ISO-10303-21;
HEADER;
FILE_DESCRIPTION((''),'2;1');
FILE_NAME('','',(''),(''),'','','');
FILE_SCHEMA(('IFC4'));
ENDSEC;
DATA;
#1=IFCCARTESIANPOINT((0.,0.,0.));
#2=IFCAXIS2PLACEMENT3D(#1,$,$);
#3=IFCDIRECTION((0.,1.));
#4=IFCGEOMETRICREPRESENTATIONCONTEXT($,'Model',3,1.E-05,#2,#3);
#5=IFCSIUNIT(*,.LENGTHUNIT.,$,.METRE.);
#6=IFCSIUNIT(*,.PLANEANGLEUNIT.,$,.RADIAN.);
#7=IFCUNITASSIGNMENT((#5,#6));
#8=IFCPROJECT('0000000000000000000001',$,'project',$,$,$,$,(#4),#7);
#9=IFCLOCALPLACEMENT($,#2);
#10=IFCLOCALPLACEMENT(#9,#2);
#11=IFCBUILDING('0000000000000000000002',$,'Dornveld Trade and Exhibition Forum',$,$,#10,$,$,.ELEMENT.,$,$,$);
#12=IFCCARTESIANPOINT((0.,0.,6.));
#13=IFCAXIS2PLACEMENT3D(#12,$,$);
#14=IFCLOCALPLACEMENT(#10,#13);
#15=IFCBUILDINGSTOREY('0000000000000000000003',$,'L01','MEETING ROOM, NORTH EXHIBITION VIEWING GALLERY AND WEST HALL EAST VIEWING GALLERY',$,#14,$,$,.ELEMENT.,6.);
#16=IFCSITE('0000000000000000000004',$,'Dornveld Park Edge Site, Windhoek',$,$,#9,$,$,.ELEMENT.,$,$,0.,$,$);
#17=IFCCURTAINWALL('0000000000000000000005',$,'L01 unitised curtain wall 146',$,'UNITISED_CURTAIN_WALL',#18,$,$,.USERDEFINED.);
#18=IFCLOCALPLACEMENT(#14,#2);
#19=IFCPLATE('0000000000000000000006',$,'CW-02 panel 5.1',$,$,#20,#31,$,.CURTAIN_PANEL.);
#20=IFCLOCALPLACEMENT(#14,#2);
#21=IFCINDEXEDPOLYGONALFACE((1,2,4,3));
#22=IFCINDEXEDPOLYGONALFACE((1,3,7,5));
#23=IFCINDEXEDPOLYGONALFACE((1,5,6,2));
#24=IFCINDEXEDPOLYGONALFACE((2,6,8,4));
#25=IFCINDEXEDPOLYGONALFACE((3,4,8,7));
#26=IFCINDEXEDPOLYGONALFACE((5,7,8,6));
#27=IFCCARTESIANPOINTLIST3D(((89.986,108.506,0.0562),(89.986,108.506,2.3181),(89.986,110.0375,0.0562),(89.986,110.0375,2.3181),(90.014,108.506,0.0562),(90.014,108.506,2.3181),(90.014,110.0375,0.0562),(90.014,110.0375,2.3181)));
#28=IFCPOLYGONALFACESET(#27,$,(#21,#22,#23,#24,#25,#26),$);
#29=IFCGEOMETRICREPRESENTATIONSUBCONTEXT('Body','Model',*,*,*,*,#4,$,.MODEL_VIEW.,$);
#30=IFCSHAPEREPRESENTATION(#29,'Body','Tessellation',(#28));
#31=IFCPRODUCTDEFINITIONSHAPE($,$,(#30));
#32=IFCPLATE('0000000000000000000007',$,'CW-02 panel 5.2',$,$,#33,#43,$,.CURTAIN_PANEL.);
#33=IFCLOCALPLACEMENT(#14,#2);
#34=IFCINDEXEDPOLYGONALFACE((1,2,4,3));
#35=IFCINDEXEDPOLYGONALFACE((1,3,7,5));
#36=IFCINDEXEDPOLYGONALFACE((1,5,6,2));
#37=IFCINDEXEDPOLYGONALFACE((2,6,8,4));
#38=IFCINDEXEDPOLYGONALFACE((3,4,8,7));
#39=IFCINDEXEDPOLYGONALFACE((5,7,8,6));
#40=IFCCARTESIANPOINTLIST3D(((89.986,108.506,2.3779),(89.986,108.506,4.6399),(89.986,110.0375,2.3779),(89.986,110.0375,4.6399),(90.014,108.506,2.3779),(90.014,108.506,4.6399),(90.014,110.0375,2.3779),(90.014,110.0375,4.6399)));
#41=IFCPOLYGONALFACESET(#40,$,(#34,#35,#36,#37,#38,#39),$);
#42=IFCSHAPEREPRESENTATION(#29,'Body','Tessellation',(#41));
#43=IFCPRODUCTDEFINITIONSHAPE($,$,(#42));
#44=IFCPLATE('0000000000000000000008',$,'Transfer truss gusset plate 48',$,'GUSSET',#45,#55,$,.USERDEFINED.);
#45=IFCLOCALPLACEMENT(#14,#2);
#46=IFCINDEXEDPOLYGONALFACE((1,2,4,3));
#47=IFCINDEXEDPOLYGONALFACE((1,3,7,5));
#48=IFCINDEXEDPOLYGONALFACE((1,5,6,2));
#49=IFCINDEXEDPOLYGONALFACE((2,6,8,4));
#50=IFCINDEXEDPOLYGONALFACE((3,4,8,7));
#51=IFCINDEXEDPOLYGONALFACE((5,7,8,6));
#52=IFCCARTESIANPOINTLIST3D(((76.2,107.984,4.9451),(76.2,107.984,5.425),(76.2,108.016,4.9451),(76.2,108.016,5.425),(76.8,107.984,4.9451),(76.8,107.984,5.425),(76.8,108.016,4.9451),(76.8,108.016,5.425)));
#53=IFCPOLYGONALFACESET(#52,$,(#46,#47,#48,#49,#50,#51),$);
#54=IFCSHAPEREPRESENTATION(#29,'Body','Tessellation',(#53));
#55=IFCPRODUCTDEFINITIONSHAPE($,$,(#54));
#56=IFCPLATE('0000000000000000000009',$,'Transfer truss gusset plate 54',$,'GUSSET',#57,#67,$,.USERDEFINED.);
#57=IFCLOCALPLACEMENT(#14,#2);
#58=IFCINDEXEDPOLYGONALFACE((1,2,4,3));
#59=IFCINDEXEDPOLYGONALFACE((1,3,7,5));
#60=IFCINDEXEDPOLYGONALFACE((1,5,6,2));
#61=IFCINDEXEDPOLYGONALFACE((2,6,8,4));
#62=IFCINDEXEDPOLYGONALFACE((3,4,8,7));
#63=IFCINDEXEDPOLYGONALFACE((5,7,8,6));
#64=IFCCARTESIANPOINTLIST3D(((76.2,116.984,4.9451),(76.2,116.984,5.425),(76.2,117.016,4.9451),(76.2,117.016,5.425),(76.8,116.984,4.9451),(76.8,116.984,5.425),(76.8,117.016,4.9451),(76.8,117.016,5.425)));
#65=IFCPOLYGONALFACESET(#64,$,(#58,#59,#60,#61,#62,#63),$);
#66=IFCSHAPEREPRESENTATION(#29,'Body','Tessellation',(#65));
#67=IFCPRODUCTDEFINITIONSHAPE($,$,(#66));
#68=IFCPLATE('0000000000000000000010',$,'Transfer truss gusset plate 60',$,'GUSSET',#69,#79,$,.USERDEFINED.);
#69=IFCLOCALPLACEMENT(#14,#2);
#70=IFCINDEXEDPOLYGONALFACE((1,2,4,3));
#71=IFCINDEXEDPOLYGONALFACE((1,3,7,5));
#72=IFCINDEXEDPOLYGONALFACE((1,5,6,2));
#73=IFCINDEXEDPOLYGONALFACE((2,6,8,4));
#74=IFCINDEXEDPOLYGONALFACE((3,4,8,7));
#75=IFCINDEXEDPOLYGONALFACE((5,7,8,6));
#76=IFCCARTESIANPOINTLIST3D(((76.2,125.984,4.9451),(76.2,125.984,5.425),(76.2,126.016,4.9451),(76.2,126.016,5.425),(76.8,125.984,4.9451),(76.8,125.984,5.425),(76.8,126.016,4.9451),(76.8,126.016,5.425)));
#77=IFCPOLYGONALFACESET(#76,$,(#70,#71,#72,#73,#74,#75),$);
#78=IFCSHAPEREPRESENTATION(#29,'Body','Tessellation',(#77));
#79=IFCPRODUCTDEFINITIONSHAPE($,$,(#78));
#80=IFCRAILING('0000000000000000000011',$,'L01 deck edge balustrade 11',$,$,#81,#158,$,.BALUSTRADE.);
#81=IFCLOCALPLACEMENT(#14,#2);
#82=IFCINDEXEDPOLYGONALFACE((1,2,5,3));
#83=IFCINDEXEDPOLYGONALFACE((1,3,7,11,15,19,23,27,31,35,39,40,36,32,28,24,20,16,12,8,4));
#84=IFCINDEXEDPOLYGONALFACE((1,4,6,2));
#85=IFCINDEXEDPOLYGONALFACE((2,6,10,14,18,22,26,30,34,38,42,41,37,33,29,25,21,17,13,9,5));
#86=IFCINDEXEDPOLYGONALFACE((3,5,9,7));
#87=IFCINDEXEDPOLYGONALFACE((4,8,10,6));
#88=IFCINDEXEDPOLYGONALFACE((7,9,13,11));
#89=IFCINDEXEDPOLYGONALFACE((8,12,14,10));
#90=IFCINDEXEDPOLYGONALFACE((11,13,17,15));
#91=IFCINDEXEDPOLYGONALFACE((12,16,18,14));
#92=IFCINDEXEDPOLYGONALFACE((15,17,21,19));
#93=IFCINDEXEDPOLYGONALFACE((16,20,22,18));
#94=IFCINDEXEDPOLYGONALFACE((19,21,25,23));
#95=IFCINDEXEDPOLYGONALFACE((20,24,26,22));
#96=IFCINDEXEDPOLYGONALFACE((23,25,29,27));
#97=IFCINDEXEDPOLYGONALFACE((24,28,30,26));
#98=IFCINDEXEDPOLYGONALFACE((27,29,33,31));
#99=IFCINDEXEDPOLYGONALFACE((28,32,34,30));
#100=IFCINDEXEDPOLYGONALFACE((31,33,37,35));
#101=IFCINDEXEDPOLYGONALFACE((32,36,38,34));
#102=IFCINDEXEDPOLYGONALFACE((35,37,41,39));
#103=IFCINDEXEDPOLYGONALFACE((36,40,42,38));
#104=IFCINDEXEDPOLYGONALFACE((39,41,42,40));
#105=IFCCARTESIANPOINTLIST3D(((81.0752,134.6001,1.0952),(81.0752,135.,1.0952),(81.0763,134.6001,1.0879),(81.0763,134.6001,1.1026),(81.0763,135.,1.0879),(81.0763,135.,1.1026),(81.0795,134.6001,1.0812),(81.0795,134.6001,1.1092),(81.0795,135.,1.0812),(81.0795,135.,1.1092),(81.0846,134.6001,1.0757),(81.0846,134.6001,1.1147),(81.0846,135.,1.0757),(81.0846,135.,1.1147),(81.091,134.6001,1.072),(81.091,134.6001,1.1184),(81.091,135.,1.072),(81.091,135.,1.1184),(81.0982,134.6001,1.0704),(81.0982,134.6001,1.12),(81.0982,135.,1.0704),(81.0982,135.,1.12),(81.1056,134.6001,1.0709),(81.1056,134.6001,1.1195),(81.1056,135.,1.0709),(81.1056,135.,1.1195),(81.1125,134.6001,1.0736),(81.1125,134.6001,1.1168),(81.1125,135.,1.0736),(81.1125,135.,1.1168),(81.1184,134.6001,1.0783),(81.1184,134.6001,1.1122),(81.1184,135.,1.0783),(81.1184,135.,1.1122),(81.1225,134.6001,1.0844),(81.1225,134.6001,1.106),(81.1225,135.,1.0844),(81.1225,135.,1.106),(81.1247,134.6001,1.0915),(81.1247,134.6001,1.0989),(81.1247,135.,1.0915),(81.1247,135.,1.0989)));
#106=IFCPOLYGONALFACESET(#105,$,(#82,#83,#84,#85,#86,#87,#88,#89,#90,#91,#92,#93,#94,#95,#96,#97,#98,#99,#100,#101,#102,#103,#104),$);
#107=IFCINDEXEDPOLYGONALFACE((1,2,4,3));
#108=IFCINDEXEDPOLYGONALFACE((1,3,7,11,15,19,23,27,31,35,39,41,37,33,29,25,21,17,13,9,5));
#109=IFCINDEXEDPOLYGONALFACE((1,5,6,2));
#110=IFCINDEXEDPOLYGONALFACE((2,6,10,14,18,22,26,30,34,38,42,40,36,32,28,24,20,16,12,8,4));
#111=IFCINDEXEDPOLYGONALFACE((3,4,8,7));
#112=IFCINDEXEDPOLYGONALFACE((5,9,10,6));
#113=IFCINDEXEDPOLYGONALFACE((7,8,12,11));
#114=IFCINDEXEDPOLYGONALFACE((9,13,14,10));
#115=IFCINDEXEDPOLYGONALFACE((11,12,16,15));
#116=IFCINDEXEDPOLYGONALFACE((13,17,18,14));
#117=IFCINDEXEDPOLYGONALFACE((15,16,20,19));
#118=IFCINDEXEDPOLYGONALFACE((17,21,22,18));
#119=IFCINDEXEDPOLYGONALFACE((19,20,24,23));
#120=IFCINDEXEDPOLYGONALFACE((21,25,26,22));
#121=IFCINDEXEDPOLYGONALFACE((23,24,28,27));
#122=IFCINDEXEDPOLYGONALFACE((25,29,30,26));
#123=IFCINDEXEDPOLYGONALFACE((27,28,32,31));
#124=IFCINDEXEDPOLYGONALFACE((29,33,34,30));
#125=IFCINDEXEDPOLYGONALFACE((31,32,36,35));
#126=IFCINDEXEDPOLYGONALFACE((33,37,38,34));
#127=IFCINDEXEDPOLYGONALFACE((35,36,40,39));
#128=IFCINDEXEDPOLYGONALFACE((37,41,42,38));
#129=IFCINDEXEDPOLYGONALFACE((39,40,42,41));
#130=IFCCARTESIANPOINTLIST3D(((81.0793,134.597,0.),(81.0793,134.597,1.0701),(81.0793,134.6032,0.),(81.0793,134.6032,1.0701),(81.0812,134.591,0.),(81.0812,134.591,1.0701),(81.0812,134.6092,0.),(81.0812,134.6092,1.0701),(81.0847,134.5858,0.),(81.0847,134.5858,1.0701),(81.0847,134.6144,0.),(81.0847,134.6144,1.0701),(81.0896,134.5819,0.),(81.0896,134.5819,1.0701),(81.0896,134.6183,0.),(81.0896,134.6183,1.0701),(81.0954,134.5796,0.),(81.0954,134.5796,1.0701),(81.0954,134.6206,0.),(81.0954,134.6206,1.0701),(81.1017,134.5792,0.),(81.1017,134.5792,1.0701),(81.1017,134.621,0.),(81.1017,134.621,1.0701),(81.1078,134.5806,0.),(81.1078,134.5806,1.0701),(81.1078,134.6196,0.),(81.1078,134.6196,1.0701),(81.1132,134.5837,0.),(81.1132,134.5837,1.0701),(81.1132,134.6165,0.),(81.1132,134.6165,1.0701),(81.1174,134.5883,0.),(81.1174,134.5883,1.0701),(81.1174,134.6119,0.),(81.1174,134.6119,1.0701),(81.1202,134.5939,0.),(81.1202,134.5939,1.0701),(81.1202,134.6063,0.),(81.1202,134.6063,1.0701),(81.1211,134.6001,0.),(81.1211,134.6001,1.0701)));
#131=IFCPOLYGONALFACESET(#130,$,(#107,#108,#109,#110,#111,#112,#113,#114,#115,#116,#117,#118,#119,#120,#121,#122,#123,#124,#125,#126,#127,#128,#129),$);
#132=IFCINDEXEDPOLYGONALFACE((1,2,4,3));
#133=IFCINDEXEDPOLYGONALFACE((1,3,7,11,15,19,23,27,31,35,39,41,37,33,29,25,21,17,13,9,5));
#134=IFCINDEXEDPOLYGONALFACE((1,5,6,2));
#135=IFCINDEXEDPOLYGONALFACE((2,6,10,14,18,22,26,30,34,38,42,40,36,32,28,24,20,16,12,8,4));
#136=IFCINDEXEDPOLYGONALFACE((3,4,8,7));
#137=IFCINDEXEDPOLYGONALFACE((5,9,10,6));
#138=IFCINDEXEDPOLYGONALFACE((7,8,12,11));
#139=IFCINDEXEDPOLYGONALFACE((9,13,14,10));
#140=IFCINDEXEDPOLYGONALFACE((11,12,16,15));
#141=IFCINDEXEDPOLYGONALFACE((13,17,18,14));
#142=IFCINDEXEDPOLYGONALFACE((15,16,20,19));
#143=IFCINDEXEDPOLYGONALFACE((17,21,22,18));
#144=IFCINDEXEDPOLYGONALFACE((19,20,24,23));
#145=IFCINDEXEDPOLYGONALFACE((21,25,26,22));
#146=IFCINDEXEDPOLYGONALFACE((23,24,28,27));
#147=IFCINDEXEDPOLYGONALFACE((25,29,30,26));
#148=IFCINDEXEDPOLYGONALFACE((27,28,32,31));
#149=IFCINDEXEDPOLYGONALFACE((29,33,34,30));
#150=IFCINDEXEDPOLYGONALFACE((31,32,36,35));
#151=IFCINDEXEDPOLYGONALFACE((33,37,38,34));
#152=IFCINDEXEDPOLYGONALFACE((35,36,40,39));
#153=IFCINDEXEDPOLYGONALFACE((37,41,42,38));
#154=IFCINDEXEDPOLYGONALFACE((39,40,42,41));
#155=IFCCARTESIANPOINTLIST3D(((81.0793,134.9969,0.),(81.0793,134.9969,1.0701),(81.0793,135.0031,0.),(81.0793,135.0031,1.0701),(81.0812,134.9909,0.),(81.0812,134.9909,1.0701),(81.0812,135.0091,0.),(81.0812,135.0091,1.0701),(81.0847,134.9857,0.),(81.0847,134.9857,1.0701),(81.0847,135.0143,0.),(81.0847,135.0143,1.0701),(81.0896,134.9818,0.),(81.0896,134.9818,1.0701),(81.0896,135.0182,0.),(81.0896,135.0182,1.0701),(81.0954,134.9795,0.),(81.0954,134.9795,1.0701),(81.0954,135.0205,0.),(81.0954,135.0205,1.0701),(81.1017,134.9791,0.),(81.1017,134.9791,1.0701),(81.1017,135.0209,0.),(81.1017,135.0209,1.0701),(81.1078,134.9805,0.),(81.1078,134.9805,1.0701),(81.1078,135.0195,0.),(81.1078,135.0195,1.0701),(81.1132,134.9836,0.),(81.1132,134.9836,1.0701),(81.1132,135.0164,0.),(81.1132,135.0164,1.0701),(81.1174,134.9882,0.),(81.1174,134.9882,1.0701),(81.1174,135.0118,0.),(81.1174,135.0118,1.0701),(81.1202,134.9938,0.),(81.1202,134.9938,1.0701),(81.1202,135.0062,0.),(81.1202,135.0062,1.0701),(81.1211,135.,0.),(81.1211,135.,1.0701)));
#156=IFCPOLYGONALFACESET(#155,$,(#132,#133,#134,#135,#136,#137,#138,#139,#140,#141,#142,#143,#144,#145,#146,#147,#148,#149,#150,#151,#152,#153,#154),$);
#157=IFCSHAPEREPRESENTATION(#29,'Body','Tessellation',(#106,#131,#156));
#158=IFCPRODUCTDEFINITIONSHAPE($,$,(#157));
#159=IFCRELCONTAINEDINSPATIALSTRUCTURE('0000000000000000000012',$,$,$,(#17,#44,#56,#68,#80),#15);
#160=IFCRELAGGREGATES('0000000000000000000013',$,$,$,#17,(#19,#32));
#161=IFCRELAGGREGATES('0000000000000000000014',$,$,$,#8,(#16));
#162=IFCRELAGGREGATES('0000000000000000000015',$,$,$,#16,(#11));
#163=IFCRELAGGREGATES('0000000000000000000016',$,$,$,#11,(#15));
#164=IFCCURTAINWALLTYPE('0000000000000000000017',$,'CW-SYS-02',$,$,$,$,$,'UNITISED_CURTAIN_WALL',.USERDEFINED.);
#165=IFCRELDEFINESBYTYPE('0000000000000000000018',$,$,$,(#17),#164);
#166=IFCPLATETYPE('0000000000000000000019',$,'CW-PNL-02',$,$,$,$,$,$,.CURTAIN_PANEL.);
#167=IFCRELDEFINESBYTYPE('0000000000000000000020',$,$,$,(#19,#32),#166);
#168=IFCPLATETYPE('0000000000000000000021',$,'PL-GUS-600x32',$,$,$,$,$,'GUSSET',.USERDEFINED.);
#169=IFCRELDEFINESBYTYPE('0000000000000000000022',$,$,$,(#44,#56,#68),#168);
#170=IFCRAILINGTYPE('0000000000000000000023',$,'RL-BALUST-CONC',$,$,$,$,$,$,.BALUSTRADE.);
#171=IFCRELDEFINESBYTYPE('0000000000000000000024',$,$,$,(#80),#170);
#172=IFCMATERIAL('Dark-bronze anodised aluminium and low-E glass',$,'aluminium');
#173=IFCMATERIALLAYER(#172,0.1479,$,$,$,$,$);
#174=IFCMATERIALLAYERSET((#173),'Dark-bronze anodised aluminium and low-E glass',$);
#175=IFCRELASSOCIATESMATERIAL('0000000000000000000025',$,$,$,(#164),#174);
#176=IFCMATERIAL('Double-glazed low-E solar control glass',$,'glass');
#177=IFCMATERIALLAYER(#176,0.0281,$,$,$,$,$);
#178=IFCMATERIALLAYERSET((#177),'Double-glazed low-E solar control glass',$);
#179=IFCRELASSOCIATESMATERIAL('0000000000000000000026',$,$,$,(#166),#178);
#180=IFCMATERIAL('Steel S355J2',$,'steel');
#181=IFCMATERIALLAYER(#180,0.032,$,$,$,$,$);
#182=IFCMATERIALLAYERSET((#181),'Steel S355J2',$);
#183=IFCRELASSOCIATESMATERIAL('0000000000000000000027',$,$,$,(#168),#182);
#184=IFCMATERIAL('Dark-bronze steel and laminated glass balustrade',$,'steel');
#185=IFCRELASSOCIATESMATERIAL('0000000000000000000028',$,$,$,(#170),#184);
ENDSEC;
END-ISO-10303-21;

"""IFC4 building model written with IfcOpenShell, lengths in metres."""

from ifc_helpers import new_model, si_unit, direction, frame, origin, origin_2d, place, context, subcontext, project, spatial, rectangle, circle, extrude, material, layer, layer_set, type_object, element, aggregate, save


model = new_model("IFC4")

# Units and contexts
model_context = context("Model", 3, precision=1e-05, world=origin(), true_north=direction((0.0, 1.0)))
body_context = subcontext(model_context, "Body", "Model", "MODEL_VIEW")
ifc_project = project(units=[si_unit("LENGTHUNIT", "METRE"), si_unit("PLANEANGLEUNIT", "RADIAN")], contexts=[model_context])

# Site, building, storey
site_placement = place(None, origin())
site = spatial("IfcSite", under=ifc_project, at=site_placement, Name="Dornveld Park Edge Site, Windhoek", CompositionType="ELEMENT", RefElevation=0.0)
building_placement = place(site_placement, origin())
building = spatial("IfcBuilding", under=site, at=building_placement, Name="Dornveld Trade and Exhibition Forum", CompositionType="ELEMENT")
storey_placement = place(building_placement, frame((0.0, 0.0, 6.0)))
storey = spatial("IfcBuildingStorey", under=building, at=storey_placement, Name="L01", Description="MEETING ROOM, NORTH EXHIBITION VIEWING GALLERY AND WEST HALL EAST VIEWING GALLERY", CompositionType="ELEMENT", Elevation=6.0)

# Curtain wall
ifc_material_1 = material(Name="Dark-bronze anodised aluminium and low-E glass", Category="aluminium")
ifc_layer_1 = layer(ifc_material_1, 0.1479)
ifc_layer_set_1 = layer_set([ifc_layer_1], Name="Dark-bronze anodised aluminium and low-E glass")
curtain_wall_type = type_object("IfcCurtainWallType", Name="CW-SYS-02", ElementType="UNITISED_CURTAIN_WALL", PredefinedType="USERDEFINED", material=ifc_layer_set_1)
curtain_wall_placement = place(storey_placement, origin())
curtain_wall = element("IfcCurtainWall", 1, at=curtain_wall_placement, inside=storey, type_object=curtain_wall_type, Name="L01 unitised curtain wall 146", ObjectType="UNITISED_CURTAIN_WALL", PredefinedType="USERDEFINED")

# Plates
ifc_material_2 = material(Name="Double-glazed low-E solar control glass", Category="glass")
ifc_layer_2 = layer(ifc_material_2, 0.0281)
ifc_layer_set_2 = layer_set([ifc_layer_2], Name="Double-glazed low-E solar control glass")
plate_type_1 = type_object("IfcPlateType", Name="CW-PNL-02", PredefinedType="CURTAIN_PANEL", material=ifc_layer_set_2)
plate_1_placement = place(storey_placement, frame((90.0, 109.2717, 0.0562), z_axis=(0.0, 0.0, 1.0), x_axis=(0.0, -1.0, 0.0)))
plate_1 = element("IfcPlate", 2, at=plate_1_placement, type_object=plate_type_1, Name="CW-02 panel 5.1", PredefinedType="CURTAIN_PANEL", context=body_context, shape_type="SweptSolid", body=[
    extrude(rectangle(XDim=1.5315, YDim=0.0281, at=origin_2d()), origin(), (0.0, 0.0, 1.0), 2.262),
])
plate_2_placement = place(storey_placement, frame((90.0, 109.2717, 2.3779), z_axis=(0.0, 0.0, 1.0), x_axis=(0.0, -1.0, 0.0)))
plate_2 = element("IfcPlate", 3, at=plate_2_placement, type_object=plate_type_1, Name="CW-02 panel 5.2", PredefinedType="CURTAIN_PANEL", context=body_context, shape_type="SweptSolid", body=[
    extrude(rectangle(XDim=1.5315, YDim=0.0281, at=origin_2d()), origin(), (0.0, 0.0, 1.0), 2.262),
])
aggregate(curtain_wall, [plate_1, plate_2])

# Plates
ifc_material_3 = material(Name="Steel S355J2", Category="steel")
ifc_layer_3 = layer(ifc_material_3, 0.032)
ifc_layer_set_3 = layer_set([ifc_layer_3], Name="Steel S355J2")
plate_type_2 = type_object("IfcPlateType", Name="PL-GUS-600x32", ElementType="GUSSET", PredefinedType="USERDEFINED", material=ifc_layer_set_3)
for number, where, z_axis, x_axis, name in (
    (4, (76.5, 108.0, 4.9451), (0.0, 0.0, 1.0), (1.0, 0.0, 0.0), "Transfer truss gusset plate 48"),
    (5, (76.5, 117.0, 4.9451), (0.0, 0.0, 1.0), (1.0, 0.0, 0.0), "Transfer truss gusset plate 54"),
    (6, (76.5, 126.0, 4.9451), (0.0, 0.0, 1.0), (1.0, 0.0, 0.0), "Transfer truss gusset plate 60"),
):
    element("IfcPlate", number, at=place(storey_placement, frame(where, z_axis=z_axis, x_axis=x_axis)), inside=storey, type_object=plate_type_2, Name=name, ObjectType="GUSSET", PredefinedType="USERDEFINED", context=body_context, shape_type="SweptSolid", body=[
        extrude(rectangle(XDim=0.6001, YDim=0.032, at=origin_2d()), origin(), (0.0, 0.0, 1.0), 0.48),
    ])

# Railing
ifc_material_4 = material(Name="Dark-bronze steel and laminated glass balustrade", Category="steel")
railing_type = type_object("IfcRailingType", Name="RL-BALUST-CONC", PredefinedType="BALUSTRADE", material=ifc_material_4)
railing_1_placement = place(storey_placement, frame((81.1001, 134.6001, 0.0)))
element("IfcRailing", 7, at=railing_1_placement, inside=storey, type_object=railing_type, Name="L01 deck edge balustrade 11", PredefinedType="BALUSTRADE", context=body_context, shape_type="SweptSolid", body=[
    extrude(circle(Radius=0.0249, at=origin_2d()), frame((0.0, 0.0, 1.0952), z_axis=(0.0, 1.0, 0.0), x_axis=(-1.0, 0.0, 0.0)), (0.0, 0.0, 1.0), 0.3999),
    extrude(circle(Radius=0.021, at=origin_2d()), origin(), (0.0, 0.0, 1.0), 1.0701),
    extrude(circle(Radius=0.021, at=origin_2d()), frame((0.0, 0.3999, 0.0)), (0.0, 0.0, 1.0), 1.0701),
])

save(model, "model.ifc")
